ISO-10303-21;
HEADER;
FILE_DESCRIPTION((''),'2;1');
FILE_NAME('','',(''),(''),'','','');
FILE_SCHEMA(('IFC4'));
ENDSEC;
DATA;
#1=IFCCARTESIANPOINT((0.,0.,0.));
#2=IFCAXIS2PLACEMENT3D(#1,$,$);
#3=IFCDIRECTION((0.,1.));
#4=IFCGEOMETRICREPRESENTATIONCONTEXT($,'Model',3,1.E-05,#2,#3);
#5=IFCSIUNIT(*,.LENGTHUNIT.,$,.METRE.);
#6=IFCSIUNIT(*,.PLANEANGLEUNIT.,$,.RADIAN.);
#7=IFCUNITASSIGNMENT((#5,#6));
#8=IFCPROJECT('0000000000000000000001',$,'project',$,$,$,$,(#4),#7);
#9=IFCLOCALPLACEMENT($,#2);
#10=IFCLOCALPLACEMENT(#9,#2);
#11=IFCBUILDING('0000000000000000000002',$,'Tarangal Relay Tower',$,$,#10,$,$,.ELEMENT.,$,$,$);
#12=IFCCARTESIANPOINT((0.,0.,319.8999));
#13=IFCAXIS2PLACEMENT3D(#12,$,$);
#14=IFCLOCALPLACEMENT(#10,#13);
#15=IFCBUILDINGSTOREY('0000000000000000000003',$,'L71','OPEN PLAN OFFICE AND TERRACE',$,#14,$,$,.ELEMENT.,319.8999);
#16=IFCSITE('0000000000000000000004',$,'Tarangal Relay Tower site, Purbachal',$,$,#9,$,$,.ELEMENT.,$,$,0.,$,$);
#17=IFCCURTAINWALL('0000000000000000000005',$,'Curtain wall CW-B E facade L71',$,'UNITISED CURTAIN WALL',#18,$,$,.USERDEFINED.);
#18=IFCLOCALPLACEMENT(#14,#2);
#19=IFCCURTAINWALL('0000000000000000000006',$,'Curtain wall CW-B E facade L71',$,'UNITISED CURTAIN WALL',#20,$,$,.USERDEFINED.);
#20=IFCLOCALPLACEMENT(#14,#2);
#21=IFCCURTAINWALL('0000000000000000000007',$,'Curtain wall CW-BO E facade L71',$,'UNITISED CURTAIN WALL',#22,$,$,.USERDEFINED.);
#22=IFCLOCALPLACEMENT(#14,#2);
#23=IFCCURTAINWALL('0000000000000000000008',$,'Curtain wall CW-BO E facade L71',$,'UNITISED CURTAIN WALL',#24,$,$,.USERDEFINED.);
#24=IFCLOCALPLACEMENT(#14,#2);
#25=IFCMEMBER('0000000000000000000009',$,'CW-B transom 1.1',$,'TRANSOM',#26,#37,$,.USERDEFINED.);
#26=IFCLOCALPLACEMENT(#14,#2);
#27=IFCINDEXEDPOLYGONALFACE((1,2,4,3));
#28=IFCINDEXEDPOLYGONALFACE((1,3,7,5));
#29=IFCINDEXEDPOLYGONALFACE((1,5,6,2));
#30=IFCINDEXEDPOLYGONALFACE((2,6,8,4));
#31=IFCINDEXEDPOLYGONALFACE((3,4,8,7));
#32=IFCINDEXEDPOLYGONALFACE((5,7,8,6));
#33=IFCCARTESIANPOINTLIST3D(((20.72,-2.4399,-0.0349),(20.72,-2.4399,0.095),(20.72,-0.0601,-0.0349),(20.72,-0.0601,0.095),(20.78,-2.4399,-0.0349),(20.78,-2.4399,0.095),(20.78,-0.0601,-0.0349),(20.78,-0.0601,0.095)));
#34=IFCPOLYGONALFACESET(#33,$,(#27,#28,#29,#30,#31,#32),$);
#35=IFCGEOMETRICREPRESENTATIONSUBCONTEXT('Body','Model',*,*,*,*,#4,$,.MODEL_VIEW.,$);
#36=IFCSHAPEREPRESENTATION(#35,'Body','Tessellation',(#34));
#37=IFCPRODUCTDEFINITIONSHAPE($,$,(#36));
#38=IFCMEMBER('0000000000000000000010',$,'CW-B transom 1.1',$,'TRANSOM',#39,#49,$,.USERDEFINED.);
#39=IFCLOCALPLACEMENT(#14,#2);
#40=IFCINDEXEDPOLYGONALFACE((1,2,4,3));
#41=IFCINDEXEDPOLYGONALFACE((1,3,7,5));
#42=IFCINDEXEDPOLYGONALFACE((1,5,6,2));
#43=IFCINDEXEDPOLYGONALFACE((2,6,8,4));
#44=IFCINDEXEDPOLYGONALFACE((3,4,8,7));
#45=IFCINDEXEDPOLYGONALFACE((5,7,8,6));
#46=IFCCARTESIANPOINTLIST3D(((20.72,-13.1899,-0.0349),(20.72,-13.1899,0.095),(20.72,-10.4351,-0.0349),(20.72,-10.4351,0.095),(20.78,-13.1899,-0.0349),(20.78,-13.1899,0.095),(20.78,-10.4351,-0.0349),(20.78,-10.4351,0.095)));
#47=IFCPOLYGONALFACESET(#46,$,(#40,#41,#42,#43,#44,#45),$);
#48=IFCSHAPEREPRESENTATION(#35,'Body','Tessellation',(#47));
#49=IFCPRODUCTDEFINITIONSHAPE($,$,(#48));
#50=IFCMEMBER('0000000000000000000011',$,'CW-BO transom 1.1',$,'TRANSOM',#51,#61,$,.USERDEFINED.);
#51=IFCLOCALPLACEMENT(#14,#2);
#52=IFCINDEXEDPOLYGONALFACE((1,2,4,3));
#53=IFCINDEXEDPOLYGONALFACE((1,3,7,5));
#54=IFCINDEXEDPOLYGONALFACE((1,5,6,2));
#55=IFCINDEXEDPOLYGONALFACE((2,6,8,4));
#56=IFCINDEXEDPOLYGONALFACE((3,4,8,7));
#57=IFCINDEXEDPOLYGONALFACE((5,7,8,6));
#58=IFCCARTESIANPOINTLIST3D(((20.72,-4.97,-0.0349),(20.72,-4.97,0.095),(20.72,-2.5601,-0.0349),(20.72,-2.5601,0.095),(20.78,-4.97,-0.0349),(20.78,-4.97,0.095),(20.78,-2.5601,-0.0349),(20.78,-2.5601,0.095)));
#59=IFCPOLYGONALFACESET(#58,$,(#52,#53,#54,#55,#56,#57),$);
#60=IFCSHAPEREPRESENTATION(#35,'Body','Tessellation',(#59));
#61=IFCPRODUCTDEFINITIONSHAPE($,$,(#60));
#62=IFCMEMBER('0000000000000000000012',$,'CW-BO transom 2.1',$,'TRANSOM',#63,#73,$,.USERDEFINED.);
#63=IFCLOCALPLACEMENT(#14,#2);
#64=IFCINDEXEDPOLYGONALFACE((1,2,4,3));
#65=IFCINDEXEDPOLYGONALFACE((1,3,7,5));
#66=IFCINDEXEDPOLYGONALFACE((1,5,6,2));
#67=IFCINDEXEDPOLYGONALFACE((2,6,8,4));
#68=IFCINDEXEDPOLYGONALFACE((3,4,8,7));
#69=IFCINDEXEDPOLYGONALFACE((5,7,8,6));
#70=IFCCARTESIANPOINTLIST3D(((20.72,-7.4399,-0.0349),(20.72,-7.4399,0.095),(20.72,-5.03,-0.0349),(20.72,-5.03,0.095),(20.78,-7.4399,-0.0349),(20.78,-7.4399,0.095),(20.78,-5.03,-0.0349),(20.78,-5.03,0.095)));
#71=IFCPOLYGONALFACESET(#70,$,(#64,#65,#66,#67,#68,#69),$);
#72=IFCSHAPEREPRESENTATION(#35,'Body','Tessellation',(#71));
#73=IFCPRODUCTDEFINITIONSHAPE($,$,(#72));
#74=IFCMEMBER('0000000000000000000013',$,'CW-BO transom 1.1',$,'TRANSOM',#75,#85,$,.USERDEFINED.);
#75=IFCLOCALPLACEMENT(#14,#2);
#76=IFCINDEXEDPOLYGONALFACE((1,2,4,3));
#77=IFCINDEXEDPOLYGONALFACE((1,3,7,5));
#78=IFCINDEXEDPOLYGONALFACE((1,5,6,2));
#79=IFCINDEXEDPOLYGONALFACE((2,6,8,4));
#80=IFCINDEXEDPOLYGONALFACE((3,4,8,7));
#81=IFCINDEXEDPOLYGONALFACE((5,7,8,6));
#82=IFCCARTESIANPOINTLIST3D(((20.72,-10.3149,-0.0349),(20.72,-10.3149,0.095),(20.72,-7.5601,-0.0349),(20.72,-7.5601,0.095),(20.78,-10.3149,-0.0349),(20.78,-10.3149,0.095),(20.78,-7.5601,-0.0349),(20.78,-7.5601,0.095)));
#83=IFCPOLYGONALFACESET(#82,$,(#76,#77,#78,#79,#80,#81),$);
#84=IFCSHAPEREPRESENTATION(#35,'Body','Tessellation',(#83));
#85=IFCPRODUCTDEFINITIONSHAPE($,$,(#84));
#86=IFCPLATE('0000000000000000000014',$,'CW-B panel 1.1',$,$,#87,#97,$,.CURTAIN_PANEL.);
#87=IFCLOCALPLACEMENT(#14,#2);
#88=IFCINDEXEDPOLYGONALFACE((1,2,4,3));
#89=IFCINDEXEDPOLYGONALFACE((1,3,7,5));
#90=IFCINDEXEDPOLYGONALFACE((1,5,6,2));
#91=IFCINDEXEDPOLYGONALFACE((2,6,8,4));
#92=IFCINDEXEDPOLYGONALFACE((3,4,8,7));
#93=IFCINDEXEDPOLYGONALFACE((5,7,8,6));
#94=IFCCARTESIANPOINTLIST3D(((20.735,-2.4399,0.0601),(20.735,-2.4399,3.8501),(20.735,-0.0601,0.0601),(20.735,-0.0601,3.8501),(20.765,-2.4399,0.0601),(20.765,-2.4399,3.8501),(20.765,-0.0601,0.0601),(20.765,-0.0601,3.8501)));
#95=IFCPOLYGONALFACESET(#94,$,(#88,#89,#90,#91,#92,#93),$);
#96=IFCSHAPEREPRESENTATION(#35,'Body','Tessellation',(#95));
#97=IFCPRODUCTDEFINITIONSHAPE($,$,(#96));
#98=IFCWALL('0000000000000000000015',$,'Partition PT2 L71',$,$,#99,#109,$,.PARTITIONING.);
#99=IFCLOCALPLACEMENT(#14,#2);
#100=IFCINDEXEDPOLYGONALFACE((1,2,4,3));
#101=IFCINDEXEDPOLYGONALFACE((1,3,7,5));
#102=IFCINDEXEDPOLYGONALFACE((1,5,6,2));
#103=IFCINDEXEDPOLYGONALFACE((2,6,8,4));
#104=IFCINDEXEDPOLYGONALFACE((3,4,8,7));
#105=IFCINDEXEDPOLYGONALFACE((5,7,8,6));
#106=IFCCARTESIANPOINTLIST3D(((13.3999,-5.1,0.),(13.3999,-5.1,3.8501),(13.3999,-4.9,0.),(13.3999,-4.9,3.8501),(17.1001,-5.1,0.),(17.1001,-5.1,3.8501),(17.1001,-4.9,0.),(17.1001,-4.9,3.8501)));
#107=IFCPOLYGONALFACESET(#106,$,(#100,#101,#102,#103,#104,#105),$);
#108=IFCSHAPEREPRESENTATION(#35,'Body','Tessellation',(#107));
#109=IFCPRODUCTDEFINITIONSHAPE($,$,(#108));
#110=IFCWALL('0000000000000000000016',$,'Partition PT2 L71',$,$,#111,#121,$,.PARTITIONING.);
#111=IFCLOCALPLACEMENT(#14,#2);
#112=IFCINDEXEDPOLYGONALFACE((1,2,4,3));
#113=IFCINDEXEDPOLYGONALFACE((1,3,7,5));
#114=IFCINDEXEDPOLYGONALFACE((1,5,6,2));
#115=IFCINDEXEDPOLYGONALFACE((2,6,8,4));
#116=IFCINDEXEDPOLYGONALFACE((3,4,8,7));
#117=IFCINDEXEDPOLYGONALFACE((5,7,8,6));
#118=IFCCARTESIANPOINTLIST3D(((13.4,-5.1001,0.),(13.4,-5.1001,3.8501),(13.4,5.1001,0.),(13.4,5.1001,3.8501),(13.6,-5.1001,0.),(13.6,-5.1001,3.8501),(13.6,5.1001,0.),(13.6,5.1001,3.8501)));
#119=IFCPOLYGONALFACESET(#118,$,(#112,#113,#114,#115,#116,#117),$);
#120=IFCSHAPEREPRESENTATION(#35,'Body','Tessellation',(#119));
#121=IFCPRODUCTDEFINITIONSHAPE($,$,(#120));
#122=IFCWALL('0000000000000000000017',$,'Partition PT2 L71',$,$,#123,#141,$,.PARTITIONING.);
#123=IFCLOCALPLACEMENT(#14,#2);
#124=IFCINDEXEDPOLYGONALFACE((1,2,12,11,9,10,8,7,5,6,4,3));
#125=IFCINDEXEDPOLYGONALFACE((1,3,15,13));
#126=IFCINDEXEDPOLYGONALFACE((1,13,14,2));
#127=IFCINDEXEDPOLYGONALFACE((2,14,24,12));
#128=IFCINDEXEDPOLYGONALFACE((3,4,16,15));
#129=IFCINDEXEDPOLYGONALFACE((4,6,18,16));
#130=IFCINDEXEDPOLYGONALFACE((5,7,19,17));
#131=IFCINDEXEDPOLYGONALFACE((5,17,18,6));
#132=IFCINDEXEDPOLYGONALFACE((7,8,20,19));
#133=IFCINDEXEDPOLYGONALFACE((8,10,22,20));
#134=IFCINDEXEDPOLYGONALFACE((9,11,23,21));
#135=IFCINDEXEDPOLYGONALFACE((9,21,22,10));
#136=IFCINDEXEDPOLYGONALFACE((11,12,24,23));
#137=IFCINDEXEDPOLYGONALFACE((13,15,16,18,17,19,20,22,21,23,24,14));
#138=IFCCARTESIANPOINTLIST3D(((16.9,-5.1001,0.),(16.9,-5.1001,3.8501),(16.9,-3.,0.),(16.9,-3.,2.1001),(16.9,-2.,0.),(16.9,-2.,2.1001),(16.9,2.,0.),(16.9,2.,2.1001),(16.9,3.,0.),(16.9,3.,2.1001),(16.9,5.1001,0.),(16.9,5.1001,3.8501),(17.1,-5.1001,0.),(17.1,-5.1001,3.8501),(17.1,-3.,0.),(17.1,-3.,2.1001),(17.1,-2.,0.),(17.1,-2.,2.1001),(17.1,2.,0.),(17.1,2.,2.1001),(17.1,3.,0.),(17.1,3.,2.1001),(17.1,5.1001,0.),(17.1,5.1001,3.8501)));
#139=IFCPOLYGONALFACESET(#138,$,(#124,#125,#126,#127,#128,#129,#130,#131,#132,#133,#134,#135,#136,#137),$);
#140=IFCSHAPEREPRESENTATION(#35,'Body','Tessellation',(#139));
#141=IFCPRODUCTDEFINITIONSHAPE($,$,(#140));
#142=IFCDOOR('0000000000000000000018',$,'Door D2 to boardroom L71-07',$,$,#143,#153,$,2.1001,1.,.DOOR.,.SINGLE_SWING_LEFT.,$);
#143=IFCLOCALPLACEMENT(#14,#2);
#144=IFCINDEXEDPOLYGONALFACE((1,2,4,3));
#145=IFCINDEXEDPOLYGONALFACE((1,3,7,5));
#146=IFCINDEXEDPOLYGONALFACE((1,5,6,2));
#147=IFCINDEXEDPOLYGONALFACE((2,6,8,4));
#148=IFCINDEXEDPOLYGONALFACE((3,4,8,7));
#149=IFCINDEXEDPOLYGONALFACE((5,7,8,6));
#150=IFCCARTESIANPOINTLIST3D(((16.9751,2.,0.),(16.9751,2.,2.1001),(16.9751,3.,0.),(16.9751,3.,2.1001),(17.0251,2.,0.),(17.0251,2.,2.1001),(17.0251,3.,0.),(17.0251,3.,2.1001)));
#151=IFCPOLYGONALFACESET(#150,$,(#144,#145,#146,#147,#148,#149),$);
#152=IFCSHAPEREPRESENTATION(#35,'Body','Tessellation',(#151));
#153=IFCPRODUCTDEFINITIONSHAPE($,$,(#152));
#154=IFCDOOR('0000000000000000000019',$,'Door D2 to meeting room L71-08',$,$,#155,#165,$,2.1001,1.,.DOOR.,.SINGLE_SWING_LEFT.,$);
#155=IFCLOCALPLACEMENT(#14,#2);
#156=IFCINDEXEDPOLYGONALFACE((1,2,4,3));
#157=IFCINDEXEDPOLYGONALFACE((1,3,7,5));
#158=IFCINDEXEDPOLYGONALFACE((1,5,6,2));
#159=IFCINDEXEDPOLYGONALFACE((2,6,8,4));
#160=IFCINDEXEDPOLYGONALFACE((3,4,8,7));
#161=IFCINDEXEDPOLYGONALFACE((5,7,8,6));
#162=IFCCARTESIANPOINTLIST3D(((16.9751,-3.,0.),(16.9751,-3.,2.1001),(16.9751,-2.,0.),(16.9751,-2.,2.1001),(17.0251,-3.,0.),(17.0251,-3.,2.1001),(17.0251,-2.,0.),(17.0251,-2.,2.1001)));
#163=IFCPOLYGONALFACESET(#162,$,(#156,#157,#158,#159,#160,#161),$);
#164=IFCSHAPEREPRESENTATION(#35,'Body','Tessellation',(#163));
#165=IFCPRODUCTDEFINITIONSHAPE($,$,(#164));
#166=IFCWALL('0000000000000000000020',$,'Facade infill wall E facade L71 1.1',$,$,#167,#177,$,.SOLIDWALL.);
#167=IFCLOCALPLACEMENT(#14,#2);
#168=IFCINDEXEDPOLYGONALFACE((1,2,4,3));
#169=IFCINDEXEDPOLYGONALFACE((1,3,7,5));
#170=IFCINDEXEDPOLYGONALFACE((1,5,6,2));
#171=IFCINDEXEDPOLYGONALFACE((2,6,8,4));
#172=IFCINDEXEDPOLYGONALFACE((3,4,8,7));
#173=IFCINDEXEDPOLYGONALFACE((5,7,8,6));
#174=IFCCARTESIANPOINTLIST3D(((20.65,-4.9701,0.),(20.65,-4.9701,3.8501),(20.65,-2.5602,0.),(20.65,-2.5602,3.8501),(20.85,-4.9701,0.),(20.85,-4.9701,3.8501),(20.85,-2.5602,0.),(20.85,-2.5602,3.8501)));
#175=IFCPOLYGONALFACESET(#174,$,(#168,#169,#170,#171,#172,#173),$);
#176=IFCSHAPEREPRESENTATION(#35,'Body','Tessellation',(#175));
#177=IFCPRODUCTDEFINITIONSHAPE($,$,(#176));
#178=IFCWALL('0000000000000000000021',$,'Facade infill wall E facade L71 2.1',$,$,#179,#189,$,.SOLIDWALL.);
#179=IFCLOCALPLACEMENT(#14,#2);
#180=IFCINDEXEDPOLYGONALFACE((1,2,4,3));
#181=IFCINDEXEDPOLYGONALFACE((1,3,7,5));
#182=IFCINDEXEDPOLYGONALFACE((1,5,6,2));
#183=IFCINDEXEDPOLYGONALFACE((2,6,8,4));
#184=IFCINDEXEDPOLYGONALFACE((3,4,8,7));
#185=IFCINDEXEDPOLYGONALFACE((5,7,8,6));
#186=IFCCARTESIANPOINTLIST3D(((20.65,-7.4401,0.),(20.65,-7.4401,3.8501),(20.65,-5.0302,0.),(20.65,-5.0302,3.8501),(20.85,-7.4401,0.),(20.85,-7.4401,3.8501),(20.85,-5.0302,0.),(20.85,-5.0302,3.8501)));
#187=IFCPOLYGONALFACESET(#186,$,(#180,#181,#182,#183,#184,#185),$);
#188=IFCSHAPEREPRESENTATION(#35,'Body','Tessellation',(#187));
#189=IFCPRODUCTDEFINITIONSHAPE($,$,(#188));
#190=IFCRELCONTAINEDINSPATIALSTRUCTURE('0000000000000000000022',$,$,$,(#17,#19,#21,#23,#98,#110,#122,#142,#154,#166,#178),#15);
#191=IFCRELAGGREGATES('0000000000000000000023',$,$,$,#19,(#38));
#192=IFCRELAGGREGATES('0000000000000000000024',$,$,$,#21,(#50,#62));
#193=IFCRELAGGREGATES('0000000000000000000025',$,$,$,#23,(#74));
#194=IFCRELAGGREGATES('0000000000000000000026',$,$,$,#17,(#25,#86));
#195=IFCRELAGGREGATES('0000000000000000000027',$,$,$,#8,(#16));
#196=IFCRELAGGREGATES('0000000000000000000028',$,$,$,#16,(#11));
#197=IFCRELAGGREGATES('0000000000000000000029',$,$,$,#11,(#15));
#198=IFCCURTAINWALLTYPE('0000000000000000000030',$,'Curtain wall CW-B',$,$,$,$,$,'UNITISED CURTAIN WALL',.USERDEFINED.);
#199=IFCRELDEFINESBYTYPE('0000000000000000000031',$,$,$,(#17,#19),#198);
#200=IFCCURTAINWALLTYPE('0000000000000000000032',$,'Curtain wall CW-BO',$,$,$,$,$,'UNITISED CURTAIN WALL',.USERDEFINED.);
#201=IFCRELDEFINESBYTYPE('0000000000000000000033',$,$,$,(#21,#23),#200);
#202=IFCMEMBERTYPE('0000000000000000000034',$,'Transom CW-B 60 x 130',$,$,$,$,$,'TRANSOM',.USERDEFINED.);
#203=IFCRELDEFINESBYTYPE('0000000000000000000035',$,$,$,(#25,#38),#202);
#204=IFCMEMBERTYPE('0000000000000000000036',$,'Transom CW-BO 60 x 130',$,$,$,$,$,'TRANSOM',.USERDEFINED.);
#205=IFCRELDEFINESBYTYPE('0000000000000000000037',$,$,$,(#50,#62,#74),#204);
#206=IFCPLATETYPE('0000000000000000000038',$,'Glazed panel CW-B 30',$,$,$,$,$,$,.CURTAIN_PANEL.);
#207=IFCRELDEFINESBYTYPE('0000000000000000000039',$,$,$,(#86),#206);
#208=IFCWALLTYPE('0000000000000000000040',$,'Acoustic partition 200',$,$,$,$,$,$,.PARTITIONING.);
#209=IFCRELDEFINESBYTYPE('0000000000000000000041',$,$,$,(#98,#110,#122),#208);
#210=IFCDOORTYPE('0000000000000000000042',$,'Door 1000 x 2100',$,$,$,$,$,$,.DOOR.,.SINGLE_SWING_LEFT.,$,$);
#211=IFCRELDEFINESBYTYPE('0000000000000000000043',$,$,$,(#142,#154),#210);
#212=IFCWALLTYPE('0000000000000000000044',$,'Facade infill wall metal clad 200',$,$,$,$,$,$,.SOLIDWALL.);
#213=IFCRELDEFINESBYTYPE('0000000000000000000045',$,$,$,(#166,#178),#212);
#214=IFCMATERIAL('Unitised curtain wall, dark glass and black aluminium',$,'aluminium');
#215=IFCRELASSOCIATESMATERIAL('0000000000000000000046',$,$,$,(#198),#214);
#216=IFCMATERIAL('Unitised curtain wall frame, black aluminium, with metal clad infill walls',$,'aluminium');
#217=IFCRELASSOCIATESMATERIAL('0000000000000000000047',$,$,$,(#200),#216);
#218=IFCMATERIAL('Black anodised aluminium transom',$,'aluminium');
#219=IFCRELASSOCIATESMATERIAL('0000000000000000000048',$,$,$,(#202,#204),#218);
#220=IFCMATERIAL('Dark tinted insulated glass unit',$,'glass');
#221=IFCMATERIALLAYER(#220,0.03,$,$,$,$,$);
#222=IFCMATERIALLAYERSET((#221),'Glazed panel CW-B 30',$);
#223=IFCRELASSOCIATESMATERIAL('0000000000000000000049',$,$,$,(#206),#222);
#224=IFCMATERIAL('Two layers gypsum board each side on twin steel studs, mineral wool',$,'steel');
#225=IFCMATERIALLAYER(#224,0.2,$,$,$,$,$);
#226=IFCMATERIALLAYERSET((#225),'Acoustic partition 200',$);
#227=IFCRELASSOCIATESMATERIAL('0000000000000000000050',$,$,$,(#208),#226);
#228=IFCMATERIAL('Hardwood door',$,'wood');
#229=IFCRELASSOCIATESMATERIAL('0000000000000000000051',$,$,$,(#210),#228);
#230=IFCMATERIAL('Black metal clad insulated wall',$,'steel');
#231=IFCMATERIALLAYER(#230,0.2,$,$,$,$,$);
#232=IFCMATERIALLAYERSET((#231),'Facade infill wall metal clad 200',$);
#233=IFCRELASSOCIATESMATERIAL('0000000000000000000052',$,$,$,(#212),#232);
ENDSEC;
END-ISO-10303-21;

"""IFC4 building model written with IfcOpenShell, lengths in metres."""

from ifc_helpers import new_model, si_unit, direction, frame, frame_2d, origin, origin_2d, place, context, subcontext, project, spatial, rectangle, extrude, material, layer, layer_set, material_profile, profile_set, type_object, element, fill, aggregate, save


model = new_model("IFC4")

# Units and contexts
model_context = context("Model", 3, precision=1e-05, world=origin(), true_north=direction((0.0, 1.0)))
body_context = subcontext(model_context, "Body", "Model", "MODEL_VIEW")
ifc_project = project(units=[si_unit("LENGTHUNIT", "METRE"), si_unit("PLANEANGLEUNIT", "RADIAN")], contexts=[model_context])

# Site, building, storey
site_placement = place(None, origin())
site = spatial("IfcSite", under=ifc_project, at=site_placement, Name="Tarangal Relay Tower site, Purbachal", CompositionType="ELEMENT", RefElevation=0.0)
building_placement = place(site_placement, origin())
building = spatial("IfcBuilding", under=site, at=building_placement, Name="Tarangal Relay Tower", CompositionType="ELEMENT")
storey_placement = place(building_placement, frame((0.0, 0.0, 319.8999)))
storey = spatial("IfcBuildingStorey", under=building, at=storey_placement, Name="L71", Description="OPEN PLAN OFFICE AND TERRACE", CompositionType="ELEMENT", Elevation=319.8999)

# Curtain wall
ifc_material_1 = material(Name="Unitised curtain wall, dark glass and black aluminium", Category="aluminium")
curtain_wall_type_1 = type_object("IfcCurtainWallType", Name="Curtain wall CW-B", ElementType="UNITISED CURTAIN WALL", PredefinedType="USERDEFINED", material=ifc_material_1)
curtain_wall_1_placement = place(storey_placement, origin())
curtain_wall_1 = element("IfcCurtainWall", 1, at=curtain_wall_1_placement, inside=storey, type_object=curtain_wall_type_1, Name="Curtain wall CW-B E facade L71", ObjectType="UNITISED CURTAIN WALL", PredefinedType="USERDEFINED")

# Curtain wall
curtain_wall_2_placement = place(storey_placement, origin())
curtain_wall_2 = element("IfcCurtainWall", 2, at=curtain_wall_2_placement, inside=storey, type_object=curtain_wall_type_1, Name="Curtain wall CW-B E facade L71", ObjectType="UNITISED CURTAIN WALL", PredefinedType="USERDEFINED")

# Curtain walls
ifc_material_2 = material(Name="Unitised curtain wall frame, black aluminium, with metal clad infill walls", Category="aluminium")
curtain_wall_type_2 = type_object("IfcCurtainWallType", Name="Curtain wall CW-BO", ElementType="UNITISED CURTAIN WALL", PredefinedType="USERDEFINED", material=ifc_material_2)
curtain_wall_3_placement = place(storey_placement, origin())
curtain_wall_3 = element("IfcCurtainWall", 3, at=curtain_wall_3_placement, inside=storey, type_object=curtain_wall_type_2, Name="Curtain wall CW-BO E facade L71", ObjectType="UNITISED CURTAIN WALL", PredefinedType="USERDEFINED")
curtain_wall_4_placement = place(storey_placement, origin())
curtain_wall_4 = element("IfcCurtainWall", 4, at=curtain_wall_4_placement, inside=storey, type_object=curtain_wall_type_2, Name="Curtain wall CW-BO E facade L71", ObjectType="UNITISED CURTAIN WALL", PredefinedType="USERDEFINED")

# Members
ifc_material_3 = material(Name="Black anodised aluminium transom", Category="aluminium")
ifc_material_profile_1 = material_profile(ifc_material_3, rectangle(XDim=0.0601, YDim=0.1299, at=origin_2d()), Name="CW-BT 60X130")
ifc_profile_set_1 = profile_set([ifc_material_profile_1], Name="Black anodised aluminium transom")
member_type_1 = type_object("IfcMemberType", Name="Transom CW-B 60 x 130", ElementType="TRANSOM", PredefinedType="USERDEFINED", material=ifc_profile_set_1)
member_1_placement = place(storey_placement, frame((20.75, -0.0601, 0.03), z_axis=(0.0, -1.0, 0.0), x_axis=(1.0, 0.0, 0.0)))
member_1 = element("IfcMember", 5, at=member_1_placement, type_object=member_type_1, Name="CW-B transom 1.1", ObjectType="TRANSOM", PredefinedType="USERDEFINED", context=body_context, shape_type="SweptSolid", body=[
    extrude(rectangle(XDim=0.0601, YDim=0.1299, at=origin_2d()), origin(), (0.0, 0.0, 1.0), 2.3799),
])
member_2_placement = place(storey_placement, frame((20.75, -10.4351, 0.03), z_axis=(0.0, -1.0, 0.0), x_axis=(1.0, 0.0, 0.0)))
member_2 = element("IfcMember", 6, at=member_2_placement, type_object=member_type_1, Name="CW-B transom 1.1", ObjectType="TRANSOM", PredefinedType="USERDEFINED", context=body_context, shape_type="SweptSolid", body=[
    extrude(rectangle(XDim=0.0601, YDim=0.1299, at=origin_2d()), origin(), (0.0, 0.0, 1.0), 2.7549),
])
aggregate(curtain_wall_2, [member_2])
ifc_material_profile_2 = material_profile(ifc_material_3, rectangle(XDim=0.0601, YDim=0.1299, at=origin_2d()), Name="CW-BOT 60X130")
ifc_profile_set_2 = profile_set([ifc_material_profile_2], Name="Black anodised aluminium transom")
member_type_2 = type_object("IfcMemberType", Name="Transom CW-BO 60 x 130", ElementType="TRANSOM", PredefinedType="USERDEFINED", material=ifc_profile_set_2)
member_3_placement = place(storey_placement, frame((20.75, -2.5601, 0.03), z_axis=(0.0, -1.0, 0.0), x_axis=(1.0, 0.0, 0.0)))
member_3 = element("IfcMember", 7, at=member_3_placement, type_object=member_type_2, Name="CW-BO transom 1.1", ObjectType="TRANSOM", PredefinedType="USERDEFINED", context=body_context, shape_type="SweptSolid", body=[
    extrude(rectangle(XDim=0.0601, YDim=0.1299, at=origin_2d()), origin(), (0.0, 0.0, 1.0), 2.4099),
])
member_4_placement = place(storey_placement, frame((20.75, -5.03, 0.03), z_axis=(0.0, -1.0, 0.0), x_axis=(1.0, 0.0, 0.0)))
member_4 = element("IfcMember", 8, at=member_4_placement, type_object=member_type_2, Name="CW-BO transom 2.1", ObjectType="TRANSOM", PredefinedType="USERDEFINED", context=body_context, shape_type="SweptSolid", body=[
    extrude(rectangle(XDim=0.0601, YDim=0.1299, at=origin_2d()), origin(), (0.0, 0.0, 1.0), 2.4099),
])
aggregate(curtain_wall_3, [member_3, member_4])
member_5_placement = place(storey_placement, frame((20.75, -7.5601, 0.03), z_axis=(0.0, -1.0, 0.0), x_axis=(1.0, 0.0, 0.0)))
member_5 = element("IfcMember", 9, at=member_5_placement, type_object=member_type_2, Name="CW-BO transom 1.1", ObjectType="TRANSOM", PredefinedType="USERDEFINED", context=body_context, shape_type="SweptSolid", body=[
    extrude(rectangle(XDim=0.0601, YDim=0.1299, at=origin_2d()), origin(), (0.0, 0.0, 1.0), 2.7549),
])
aggregate(curtain_wall_4, [member_5])

# Plate
ifc_material_4 = material(Name="Dark tinted insulated glass unit", Category="glass")
ifc_layer_1 = layer(ifc_material_4, 0.03)
ifc_layer_set_1 = layer_set([ifc_layer_1], Name="Glazed panel CW-B 30")
plate_type = type_object("IfcPlateType", Name="Glazed panel CW-B 30", PredefinedType="CURTAIN_PANEL", material=ifc_layer_set_1)
plate_placement = place(storey_placement, frame((20.75, -1.25, 0.0601), z_axis=(0.0, 0.0, 1.0), x_axis=(0.0, -1.0, 0.0)))
plate = element("IfcPlate", 10, at=plate_placement, type_object=plate_type, Name="CW-B panel 1.1", PredefinedType="CURTAIN_PANEL", context=body_context, shape_type="SweptSolid", body=[
    extrude(rectangle(XDim=2.3799, YDim=0.03, at=origin_2d()), origin(), (0.0, 0.0, 1.0), 3.79),
])
aggregate(curtain_wall_1, [member_1, plate])

# Walls
ifc_material_5 = material(Name="Two layers gypsum board each side on twin steel studs, mineral wool", Category="steel")
ifc_layer_2 = layer(ifc_material_5, 0.2)
ifc_layer_set_2 = layer_set([ifc_layer_2], Name="Acoustic partition 200")
wall_type_1 = type_object("IfcWallType", Name="Acoustic partition 200", PredefinedType="PARTITIONING", material=ifc_layer_set_2)
wall_1_placement = place(storey_placement, frame((13.3999, -5.0, 0.0), z_axis=(0.0, 0.0, 1.0), x_axis=(1.0, 0.0, 0.0)))
element("IfcWall", 11, at=wall_1_placement, inside=storey, type_object=wall_type_1, Name="Partition PT2 L71", PredefinedType="PARTITIONING", context=body_context, shape_type="SweptSolid", body=[
    extrude(rectangle(XDim=3.7002, YDim=0.2, at=frame_2d((1.8501, 0.0))), origin(), (0.0, 0.0, 1.0), 3.8501),
])
wall_2_placement = place(storey_placement, frame((13.5, -5.1001, 0.0), z_axis=(0.0, 0.0, 1.0), x_axis=(0.0, 1.0, 0.0)))
element("IfcWall", 12, at=wall_2_placement, inside=storey, type_object=wall_type_1, Name="Partition PT2 L71", PredefinedType="PARTITIONING", context=body_context, shape_type="SweptSolid", body=[
    extrude(rectangle(XDim=10.2002, YDim=0.2, at=frame_2d((5.1001, 0.0))), origin(), (0.0, 0.0, 1.0), 3.8501),
])

# Wall, openings, doors
wall_3_placement = place(storey_placement, frame((17.0, -5.1001, 0.0), z_axis=(0.0, 0.0, 1.0), x_axis=(0.0, 1.0, 0.0)))
wall_3 = element("IfcWall", 13, at=wall_3_placement, inside=storey, type_object=wall_type_1, Name="Partition PT2 L71", PredefinedType="PARTITIONING", context=body_context, shape_type="SweptSolid", body=[
    extrude(rectangle(XDim=10.2002, YDim=0.2, at=frame_2d((5.1001, 0.0))), origin(), (0.0, 0.0, 1.0), 3.8501),
])
opening_1_placement = place(wall_3_placement, frame((7.1001, 0.0, 0.0)))
opening_1 = element("IfcOpeningElement", 14, at=opening_1_placement, cuts=wall_3, PredefinedType="OPENING", context=body_context, shape_type="SweptSolid", body=[
    extrude(rectangle(XDim=1.0, YDim=2.1001, at=frame_2d((0.5, 1.05))), frame((0.0, 0.1099, 0.0), z_axis=(0.0, -1.0, 0.0), x_axis=(1.0, 0.0, 0.0)), (0.0, 0.0, 1.0), 0.22),
])
opening_2_placement = place(wall_3_placement, frame((2.1001, 0.0, 0.0)))
opening_2 = element("IfcOpeningElement", 15, at=opening_2_placement, cuts=wall_3, PredefinedType="OPENING", context=body_context, shape_type="SweptSolid", body=[
    extrude(rectangle(XDim=1.0, YDim=2.1001, at=frame_2d((0.5, 1.05))), frame((0.0, 0.1099, 0.0), z_axis=(0.0, -1.0, 0.0), x_axis=(1.0, 0.0, 0.0)), (0.0, 0.0, 1.0), 0.22),
])
ifc_material_6 = material(Name="Hardwood door", Category="wood")
door_type_1 = type_object("IfcDoorType", Name="Door 1000 x 2100", OperationType="SINGLE_SWING_LEFT", PredefinedType="DOOR", material=ifc_material_6)
door_1_placement = place(opening_1_placement, origin())
door_1 = element("IfcDoor", 16, at=door_1_placement, inside=storey, type_object=door_type_1, Name="Door D2 to boardroom L71-07", OperationType="SINGLE_SWING_LEFT", OverallHeight=2.1001, OverallWidth=1.0, PredefinedType="DOOR", context=body_context, shape_type="SweptSolid", body=[
    extrude(rectangle(XDim=1.0, YDim=2.1001, at=frame_2d((0.5, 1.05))), frame((0.0, 0.0249, 0.0), z_axis=(0.0, -1.0, 0.0), x_axis=(1.0, 0.0, 0.0)), (0.0, 0.0, 1.0), 0.05),
])
fill(opening_1, door_1)
door_2_placement = place(opening_2_placement, origin())
door_2 = element("IfcDoor", 17, at=door_2_placement, inside=storey, type_object=door_type_1, Name="Door D2 to meeting room L71-08", OperationType="SINGLE_SWING_LEFT", OverallHeight=2.1001, OverallWidth=1.0, PredefinedType="DOOR", context=body_context, shape_type="SweptSolid", body=[
    extrude(rectangle(XDim=1.0, YDim=2.1001, at=frame_2d((0.5, 1.05))), frame((0.0, 0.0249, 0.0), z_axis=(0.0, -1.0, 0.0), x_axis=(1.0, 0.0, 0.0)), (0.0, 0.0, 1.0), 0.05),
])
fill(opening_2, door_2)

# Walls
ifc_material_7 = material(Name="Black metal clad insulated wall", Category="steel")
ifc_layer_3 = layer(ifc_material_7, 0.2)
ifc_layer_set_3 = layer_set([ifc_layer_3], Name="Facade infill wall metal clad 200")
wall_type_2 = type_object("IfcWallType", Name="Facade infill wall metal clad 200", PredefinedType="SOLIDWALL", material=ifc_layer_set_3)
for number, where, z_axis, x_axis, name in (
    (18, (20.75, -2.5601, 0.0), (0.0, 0.0, 1.0), (0.0, -1.0, 0.0), "Facade infill wall E facade L71 1.1"),
    (19, (20.75, -5.03, 0.0), (0.0, 0.0, 1.0), (0.0, -1.0, 0.0), "Facade infill wall E facade L71 2.1"),
):
    element("IfcWall", number, at=place(storey_placement, frame(where, z_axis=z_axis, x_axis=x_axis)), inside=storey, type_object=wall_type_2, Name=name, PredefinedType="SOLIDWALL", context=body_context, shape_type="SweptSolid", body=[
        extrude(rectangle(XDim=2.4099, YDim=0.2, at=frame_2d((1.2051, 0.0))), origin(), (0.0, 0.0, 1.0), 3.8501),
    ])

save(model, "model.ifc")
